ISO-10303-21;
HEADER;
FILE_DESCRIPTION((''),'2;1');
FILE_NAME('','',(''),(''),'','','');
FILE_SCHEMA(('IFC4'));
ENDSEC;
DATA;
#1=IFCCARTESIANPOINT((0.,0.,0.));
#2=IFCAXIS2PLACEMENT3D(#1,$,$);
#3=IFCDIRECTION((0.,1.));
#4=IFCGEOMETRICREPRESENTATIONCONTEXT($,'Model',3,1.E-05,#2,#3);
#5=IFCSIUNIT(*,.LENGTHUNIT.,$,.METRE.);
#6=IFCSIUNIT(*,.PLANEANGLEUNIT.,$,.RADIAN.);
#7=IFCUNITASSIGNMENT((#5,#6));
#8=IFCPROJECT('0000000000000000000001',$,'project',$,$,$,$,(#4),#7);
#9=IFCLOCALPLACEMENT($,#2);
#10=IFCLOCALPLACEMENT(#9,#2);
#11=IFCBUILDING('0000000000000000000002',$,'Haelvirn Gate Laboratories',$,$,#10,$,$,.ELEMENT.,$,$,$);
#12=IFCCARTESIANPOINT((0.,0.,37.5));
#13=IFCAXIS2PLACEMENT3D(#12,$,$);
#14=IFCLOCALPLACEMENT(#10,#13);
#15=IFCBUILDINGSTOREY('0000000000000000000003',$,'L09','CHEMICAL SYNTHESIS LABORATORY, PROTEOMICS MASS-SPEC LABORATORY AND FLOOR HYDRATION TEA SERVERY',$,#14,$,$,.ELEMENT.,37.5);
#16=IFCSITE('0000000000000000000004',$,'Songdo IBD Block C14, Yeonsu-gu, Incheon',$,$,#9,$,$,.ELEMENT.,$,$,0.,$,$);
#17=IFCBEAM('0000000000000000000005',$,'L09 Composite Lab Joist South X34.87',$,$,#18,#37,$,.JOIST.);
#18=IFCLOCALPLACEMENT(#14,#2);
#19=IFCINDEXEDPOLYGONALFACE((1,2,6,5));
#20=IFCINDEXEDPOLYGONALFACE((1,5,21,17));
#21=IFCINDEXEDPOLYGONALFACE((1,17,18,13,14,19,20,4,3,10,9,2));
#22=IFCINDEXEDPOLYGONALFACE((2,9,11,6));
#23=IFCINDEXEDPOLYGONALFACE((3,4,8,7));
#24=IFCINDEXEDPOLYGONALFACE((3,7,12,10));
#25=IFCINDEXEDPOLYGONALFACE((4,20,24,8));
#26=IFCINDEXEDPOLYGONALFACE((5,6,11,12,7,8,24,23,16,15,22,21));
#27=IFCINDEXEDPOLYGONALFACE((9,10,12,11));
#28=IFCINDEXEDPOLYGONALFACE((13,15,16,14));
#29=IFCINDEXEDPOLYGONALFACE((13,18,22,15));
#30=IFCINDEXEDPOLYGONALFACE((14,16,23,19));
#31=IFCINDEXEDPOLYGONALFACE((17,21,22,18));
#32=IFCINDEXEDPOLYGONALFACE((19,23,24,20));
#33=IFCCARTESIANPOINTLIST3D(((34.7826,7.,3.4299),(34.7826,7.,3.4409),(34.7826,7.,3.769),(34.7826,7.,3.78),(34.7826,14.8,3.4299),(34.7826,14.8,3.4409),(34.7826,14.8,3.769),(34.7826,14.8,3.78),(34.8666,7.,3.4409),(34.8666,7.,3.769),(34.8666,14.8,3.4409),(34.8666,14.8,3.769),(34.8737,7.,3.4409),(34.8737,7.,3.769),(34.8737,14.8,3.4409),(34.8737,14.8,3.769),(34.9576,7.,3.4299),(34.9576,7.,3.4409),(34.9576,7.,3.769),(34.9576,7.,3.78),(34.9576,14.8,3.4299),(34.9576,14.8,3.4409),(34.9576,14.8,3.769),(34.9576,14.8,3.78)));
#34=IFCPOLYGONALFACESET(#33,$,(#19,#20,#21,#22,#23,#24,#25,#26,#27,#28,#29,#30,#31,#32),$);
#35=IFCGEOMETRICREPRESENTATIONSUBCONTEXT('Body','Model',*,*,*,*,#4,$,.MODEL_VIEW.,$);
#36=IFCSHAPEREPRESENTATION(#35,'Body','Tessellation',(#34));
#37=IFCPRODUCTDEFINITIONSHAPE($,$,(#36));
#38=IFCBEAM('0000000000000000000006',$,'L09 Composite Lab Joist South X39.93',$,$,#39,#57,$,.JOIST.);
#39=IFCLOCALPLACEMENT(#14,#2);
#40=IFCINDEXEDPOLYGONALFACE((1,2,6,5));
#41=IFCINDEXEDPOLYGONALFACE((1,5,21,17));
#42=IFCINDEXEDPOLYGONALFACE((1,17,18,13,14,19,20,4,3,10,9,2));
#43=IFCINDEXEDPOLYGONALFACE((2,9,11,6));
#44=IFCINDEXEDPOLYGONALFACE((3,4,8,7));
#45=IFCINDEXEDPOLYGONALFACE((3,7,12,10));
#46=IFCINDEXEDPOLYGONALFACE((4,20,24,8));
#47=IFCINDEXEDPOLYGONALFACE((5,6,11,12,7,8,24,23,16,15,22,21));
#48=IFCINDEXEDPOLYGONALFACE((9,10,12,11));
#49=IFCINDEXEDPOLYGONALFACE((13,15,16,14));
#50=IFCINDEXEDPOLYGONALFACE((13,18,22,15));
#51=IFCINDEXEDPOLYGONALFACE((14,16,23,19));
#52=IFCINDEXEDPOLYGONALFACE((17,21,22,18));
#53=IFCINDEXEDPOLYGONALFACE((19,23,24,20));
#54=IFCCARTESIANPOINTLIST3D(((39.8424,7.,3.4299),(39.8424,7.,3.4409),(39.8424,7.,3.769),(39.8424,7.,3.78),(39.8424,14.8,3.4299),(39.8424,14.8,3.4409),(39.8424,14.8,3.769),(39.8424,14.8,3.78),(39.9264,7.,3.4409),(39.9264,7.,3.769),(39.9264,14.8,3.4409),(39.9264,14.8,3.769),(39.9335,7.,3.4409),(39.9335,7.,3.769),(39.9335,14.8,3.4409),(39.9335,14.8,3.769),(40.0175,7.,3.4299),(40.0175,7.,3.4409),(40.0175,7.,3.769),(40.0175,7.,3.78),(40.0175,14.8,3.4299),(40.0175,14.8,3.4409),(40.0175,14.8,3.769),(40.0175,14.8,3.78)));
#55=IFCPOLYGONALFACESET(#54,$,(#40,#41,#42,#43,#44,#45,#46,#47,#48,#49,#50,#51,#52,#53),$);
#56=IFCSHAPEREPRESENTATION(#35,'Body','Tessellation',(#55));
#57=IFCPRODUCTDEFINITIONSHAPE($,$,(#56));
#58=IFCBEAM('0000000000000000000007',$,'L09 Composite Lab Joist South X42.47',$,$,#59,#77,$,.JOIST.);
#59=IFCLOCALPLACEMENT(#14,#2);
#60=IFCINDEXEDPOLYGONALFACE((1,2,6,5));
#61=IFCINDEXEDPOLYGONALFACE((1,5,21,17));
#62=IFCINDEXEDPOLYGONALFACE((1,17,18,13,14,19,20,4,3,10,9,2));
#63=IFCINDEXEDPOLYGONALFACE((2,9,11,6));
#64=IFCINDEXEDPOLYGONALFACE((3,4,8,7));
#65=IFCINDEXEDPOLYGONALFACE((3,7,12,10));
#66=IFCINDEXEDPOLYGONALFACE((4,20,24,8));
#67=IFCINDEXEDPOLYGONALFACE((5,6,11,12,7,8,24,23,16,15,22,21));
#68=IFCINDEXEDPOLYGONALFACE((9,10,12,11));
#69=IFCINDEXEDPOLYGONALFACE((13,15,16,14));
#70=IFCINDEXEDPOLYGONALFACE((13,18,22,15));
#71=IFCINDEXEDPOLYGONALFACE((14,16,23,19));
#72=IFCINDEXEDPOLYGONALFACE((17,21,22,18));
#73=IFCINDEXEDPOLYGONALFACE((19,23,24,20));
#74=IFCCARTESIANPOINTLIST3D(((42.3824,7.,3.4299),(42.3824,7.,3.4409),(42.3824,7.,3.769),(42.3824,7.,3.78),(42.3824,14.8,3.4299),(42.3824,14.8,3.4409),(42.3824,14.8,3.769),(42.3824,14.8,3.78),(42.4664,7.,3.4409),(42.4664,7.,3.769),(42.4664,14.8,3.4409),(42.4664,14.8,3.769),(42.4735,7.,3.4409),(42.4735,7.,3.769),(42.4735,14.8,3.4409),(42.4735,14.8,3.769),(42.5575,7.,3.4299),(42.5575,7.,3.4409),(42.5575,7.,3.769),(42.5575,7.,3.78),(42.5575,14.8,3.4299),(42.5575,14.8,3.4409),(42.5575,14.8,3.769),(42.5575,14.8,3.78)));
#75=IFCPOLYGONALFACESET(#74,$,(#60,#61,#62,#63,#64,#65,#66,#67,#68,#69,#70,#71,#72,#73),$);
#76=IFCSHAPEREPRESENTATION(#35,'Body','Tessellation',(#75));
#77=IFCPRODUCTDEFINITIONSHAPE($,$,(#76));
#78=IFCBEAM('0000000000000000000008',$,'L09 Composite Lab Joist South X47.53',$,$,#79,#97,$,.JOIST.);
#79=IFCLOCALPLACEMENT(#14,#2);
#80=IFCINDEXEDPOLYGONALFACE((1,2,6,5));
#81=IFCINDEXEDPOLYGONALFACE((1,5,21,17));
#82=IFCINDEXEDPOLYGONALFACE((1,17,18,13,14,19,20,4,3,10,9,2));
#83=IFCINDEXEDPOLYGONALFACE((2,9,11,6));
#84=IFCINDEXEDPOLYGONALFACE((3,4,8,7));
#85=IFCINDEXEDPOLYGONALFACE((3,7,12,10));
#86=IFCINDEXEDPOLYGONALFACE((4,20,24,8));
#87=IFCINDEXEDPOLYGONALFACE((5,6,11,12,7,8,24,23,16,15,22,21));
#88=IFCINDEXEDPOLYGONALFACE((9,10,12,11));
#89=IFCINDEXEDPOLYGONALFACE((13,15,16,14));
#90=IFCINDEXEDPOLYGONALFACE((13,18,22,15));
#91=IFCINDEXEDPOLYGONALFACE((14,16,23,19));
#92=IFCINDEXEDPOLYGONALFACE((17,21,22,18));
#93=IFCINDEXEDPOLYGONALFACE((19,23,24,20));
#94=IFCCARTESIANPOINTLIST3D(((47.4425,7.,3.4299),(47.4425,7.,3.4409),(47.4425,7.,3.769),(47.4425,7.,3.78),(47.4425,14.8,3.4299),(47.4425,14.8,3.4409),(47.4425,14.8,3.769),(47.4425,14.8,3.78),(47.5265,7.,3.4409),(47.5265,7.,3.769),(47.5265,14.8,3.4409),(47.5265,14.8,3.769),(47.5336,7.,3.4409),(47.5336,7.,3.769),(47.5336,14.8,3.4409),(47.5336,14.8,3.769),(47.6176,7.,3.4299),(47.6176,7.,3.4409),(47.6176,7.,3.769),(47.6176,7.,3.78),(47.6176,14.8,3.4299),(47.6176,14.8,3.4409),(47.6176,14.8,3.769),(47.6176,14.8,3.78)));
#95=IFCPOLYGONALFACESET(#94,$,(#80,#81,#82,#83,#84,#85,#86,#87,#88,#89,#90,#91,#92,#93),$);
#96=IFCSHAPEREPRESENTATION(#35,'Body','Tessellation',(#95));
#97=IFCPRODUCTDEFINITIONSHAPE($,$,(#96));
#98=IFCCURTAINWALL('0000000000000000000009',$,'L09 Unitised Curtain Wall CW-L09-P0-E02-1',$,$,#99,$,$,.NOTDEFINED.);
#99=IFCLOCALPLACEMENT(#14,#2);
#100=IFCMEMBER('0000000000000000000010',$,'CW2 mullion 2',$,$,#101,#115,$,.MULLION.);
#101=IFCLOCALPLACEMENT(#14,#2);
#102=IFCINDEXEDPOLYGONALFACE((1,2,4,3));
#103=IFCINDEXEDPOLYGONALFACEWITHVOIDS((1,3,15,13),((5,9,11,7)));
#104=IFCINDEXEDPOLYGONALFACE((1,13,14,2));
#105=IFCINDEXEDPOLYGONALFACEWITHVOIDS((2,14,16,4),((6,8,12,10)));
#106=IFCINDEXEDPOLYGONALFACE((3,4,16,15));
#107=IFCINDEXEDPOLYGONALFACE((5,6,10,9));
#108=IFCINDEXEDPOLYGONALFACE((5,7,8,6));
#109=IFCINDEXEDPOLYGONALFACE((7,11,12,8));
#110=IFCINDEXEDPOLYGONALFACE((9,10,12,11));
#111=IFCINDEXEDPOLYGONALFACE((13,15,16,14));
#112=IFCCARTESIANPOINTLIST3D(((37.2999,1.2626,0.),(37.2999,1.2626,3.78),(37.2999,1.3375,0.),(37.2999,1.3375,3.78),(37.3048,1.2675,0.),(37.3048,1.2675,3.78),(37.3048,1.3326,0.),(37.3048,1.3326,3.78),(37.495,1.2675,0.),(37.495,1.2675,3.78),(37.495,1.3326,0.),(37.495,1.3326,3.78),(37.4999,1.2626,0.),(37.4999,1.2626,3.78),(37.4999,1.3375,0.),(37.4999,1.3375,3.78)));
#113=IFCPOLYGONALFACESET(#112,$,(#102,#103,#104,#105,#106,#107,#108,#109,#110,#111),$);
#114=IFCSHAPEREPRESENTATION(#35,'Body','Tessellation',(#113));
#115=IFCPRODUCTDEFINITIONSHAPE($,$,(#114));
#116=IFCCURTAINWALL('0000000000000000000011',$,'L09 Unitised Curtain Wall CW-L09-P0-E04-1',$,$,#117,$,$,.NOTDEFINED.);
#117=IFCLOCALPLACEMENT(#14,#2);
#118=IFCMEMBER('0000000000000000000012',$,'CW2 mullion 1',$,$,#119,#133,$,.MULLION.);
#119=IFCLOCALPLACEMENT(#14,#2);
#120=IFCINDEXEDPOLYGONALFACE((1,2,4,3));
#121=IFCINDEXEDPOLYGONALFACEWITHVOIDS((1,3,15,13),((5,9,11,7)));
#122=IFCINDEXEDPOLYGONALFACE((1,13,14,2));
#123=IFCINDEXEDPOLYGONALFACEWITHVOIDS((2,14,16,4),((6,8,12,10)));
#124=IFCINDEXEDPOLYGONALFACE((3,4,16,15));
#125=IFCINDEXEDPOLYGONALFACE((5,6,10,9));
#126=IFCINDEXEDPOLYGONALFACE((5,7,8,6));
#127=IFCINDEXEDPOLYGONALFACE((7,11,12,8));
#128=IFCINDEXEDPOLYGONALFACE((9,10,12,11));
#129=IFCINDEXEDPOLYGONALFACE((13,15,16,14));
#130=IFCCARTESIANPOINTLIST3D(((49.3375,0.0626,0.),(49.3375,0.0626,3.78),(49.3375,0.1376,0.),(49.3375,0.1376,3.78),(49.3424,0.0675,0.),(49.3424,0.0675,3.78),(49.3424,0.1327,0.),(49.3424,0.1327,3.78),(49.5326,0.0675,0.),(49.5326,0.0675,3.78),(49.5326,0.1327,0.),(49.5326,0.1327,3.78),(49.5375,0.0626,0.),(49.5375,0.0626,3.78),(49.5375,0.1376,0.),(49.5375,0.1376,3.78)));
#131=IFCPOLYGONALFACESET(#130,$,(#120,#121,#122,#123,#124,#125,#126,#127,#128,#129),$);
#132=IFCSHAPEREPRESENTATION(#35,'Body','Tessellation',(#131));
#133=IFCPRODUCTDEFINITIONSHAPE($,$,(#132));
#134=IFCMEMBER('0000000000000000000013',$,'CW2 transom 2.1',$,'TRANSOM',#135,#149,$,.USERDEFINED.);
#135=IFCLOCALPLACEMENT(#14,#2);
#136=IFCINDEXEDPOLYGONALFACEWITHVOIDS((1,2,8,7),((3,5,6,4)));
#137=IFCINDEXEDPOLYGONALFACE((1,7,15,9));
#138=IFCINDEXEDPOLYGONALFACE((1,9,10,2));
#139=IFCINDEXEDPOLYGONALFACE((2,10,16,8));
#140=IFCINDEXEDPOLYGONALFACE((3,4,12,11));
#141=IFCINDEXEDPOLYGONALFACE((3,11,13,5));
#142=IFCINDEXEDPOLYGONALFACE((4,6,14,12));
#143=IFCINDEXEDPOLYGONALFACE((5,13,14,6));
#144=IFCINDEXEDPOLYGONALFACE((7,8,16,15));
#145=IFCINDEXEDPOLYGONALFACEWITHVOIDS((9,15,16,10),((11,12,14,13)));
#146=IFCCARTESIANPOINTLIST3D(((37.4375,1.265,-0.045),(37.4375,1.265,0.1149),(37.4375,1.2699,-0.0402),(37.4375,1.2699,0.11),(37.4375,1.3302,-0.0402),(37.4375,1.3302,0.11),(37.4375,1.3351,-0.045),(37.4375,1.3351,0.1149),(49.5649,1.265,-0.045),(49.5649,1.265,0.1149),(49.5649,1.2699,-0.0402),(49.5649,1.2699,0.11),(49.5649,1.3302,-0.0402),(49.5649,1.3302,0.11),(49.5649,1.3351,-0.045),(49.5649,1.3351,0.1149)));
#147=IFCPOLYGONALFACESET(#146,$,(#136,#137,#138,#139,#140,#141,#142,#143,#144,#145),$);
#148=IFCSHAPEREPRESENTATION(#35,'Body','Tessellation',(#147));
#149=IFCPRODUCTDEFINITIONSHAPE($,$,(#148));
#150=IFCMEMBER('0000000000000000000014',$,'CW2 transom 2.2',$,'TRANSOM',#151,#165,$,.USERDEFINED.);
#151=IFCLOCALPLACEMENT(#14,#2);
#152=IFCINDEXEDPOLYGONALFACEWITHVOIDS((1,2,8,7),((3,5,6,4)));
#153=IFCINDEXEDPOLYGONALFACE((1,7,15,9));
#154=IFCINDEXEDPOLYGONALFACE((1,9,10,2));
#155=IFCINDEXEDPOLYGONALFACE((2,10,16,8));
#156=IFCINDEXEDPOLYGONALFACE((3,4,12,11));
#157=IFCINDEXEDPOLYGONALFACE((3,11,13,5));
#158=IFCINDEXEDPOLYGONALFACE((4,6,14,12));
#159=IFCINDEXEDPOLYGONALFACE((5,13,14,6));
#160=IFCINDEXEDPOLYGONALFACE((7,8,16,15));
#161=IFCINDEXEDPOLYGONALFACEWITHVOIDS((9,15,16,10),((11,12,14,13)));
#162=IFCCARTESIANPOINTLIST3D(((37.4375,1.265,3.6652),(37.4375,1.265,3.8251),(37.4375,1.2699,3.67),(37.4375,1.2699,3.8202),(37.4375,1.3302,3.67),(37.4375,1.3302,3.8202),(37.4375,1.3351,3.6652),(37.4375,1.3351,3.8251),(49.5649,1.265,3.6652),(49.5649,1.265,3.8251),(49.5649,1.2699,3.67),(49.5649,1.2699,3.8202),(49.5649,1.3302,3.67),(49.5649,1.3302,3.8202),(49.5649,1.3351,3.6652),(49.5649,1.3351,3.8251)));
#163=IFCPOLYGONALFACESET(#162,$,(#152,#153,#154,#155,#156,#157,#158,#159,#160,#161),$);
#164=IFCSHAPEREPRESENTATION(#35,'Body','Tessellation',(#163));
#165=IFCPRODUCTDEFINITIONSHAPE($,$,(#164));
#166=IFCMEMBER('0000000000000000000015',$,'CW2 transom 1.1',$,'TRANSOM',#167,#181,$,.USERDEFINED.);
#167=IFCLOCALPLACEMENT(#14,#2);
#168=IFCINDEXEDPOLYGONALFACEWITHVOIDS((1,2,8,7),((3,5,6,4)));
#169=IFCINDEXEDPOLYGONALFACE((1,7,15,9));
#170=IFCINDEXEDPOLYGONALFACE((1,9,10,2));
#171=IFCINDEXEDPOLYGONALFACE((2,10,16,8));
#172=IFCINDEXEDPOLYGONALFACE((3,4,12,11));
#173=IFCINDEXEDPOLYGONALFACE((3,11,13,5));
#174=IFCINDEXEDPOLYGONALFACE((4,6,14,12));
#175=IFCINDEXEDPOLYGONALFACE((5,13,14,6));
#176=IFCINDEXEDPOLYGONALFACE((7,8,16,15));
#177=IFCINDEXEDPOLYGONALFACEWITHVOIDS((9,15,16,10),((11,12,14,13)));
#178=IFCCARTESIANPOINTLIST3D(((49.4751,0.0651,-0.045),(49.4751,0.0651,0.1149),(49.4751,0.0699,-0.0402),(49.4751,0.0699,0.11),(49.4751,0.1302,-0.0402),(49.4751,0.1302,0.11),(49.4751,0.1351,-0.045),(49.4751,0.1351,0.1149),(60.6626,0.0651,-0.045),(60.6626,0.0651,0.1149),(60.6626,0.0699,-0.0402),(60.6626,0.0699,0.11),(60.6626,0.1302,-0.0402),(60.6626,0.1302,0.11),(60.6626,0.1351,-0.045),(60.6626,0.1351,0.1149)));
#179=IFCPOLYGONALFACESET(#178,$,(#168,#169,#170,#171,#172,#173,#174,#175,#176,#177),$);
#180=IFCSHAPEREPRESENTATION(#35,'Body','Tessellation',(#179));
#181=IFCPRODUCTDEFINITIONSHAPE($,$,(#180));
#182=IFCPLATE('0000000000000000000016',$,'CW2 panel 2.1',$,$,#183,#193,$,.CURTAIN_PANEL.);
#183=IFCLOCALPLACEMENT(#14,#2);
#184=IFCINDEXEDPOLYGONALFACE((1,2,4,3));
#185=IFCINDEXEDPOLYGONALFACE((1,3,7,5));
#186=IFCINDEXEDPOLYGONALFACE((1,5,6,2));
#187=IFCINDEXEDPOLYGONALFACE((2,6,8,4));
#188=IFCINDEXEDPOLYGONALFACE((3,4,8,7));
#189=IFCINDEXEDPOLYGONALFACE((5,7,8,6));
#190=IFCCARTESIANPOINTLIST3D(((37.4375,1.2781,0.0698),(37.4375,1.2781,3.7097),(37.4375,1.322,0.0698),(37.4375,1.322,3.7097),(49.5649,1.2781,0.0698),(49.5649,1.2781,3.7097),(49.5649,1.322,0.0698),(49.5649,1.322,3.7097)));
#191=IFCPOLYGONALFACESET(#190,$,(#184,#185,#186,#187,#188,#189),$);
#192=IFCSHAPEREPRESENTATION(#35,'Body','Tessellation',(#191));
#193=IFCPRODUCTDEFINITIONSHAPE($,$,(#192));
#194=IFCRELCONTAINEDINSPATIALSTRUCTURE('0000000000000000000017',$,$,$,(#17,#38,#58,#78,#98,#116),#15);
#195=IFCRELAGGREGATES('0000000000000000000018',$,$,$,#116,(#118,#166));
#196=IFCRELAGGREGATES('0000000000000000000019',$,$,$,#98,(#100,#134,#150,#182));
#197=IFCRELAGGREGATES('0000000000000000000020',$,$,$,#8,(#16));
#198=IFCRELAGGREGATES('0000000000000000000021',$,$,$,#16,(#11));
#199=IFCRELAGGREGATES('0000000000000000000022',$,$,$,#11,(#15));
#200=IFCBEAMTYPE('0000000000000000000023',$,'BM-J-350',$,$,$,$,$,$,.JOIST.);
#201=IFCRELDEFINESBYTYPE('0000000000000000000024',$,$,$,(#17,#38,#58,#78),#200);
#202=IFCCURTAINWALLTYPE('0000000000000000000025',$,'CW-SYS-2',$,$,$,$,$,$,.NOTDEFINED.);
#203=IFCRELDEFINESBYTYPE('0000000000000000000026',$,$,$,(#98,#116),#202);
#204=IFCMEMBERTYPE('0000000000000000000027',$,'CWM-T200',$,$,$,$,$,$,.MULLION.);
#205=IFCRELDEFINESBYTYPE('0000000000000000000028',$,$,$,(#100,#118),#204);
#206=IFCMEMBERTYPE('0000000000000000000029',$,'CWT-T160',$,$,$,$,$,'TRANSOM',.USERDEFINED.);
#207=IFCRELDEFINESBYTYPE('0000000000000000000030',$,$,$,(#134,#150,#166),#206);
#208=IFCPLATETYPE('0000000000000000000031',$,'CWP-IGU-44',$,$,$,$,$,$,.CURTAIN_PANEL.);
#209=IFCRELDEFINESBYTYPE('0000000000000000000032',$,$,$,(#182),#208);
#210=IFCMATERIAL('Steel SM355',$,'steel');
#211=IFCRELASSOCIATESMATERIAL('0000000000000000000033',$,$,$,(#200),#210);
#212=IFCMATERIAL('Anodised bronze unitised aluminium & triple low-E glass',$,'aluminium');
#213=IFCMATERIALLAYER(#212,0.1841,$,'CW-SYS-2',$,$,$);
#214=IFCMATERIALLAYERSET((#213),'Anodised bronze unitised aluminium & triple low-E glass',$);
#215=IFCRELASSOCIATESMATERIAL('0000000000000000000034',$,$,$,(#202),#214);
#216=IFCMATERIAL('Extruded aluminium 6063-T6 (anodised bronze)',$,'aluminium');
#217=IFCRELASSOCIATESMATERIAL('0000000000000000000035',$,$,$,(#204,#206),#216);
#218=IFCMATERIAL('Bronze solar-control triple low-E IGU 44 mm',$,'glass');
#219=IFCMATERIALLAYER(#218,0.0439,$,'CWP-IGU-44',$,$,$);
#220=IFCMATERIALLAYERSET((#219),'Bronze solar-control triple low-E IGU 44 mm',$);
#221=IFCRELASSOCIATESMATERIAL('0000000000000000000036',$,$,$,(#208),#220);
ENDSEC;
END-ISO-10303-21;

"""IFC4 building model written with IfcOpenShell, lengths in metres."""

from ifc_helpers import new_model, si_unit, direction, frame, origin, origin_2d, place, context, subcontext, project, spatial, rectangle, hollow_rectangle, i_section, extrude, source, transform, mapped, material, layer, layer_set, material_profile, profile_set, type_object, type_shapes, element, aggregate, save


model = new_model("IFC4")

# Units and contexts
model_context = context("Model", 3, precision=1e-05, world=origin(), true_north=direction((0.0, 1.0)))
body_context = subcontext(model_context, "Body", "Model", "MODEL_VIEW")
ifc_project = project(units=[si_unit("LENGTHUNIT", "METRE"), si_unit("PLANEANGLEUNIT", "RADIAN")], contexts=[model_context])

# Site, building, storey
site_placement = place(None, origin())
site = spatial("IfcSite", under=ifc_project, at=site_placement, Name="Songdo IBD Block C14, Yeonsu-gu, Incheon", CompositionType="ELEMENT", RefElevation=0.0)
building_placement = place(site_placement, origin())
building = spatial("IfcBuilding", under=site, at=building_placement, Name="Haelvirn Gate Laboratories", CompositionType="ELEMENT")
storey_placement = place(building_placement, frame((0.0, 0.0, 37.5)))
storey = spatial("IfcBuildingStorey", under=building, at=storey_placement, Name="L09", Description="CHEMICAL SYNTHESIS LABORATORY, PROTEOMICS MASS-SPEC LABORATORY AND FLOOR HYDRATION TEA SERVERY", CompositionType="ELEMENT", Elevation=37.5)

# Beams
ifc_material_1 = material(Name="Steel SM355", Category="steel")
ifc_material_profile_1 = material_profile(ifc_material_1, i_section(OverallWidth=0.175, OverallDepth=0.3501, WebThickness=0.0071, FlangeThickness=0.011, at=origin_2d()), Name="H-350x175x7x11")
ifc_profile_set_1 = profile_set([ifc_material_profile_1], Name="Steel SM355")
beam_type_1 = type_object("IfcBeamType", Name="BM-J-350", PredefinedType="JOIST", material=ifc_profile_set_1)
shared_shape_1 = source(origin(), body_context, "Body", "SweptSolid", [
    extrude(i_section(OverallWidth=0.175, OverallDepth=0.3501, WebThickness=0.0071, FlangeThickness=0.011, at=origin_2d()), origin(), (0.0, 0.0, 1.0), 7.8),
])
type_shapes(beam_type_1, [shared_shape_1])
for number, where, z_axis, x_axis, name in (
    (1, (34.8701, 7.0, 3.605), (0.0, 1.0, 0.0), (-1.0, 0.0, 0.0), "L09 Composite Lab Joist South X34.87"),
    (2, (39.9299, 7.0, 3.605), (0.0, 1.0, 0.0), (-1.0, 0.0, 0.0), "L09 Composite Lab Joist South X39.93"),
    (3, (42.47, 7.0, 3.605), (0.0, 1.0, 0.0), (-1.0, 0.0, 0.0), "L09 Composite Lab Joist South X42.47"),
    (4, (47.53, 7.0, 3.605), (0.0, 1.0, 0.0), (-1.0, 0.0, 0.0), "L09 Composite Lab Joist South X47.53"),
):
    element("IfcBeam", number, at=place(storey_placement, frame(where, z_axis=z_axis, x_axis=x_axis)), inside=storey, type_object=beam_type_1, Name=name, PredefinedType="JOIST", context=body_context, shape_type="MappedRepresentation", body=[
        mapped(shared_shape_1, transform((0.0, 0.0, 0.0), scale=1.0)),
    ])

# Curtain walls, members
ifc_material_2 = material(Name="Anodised bronze unitised aluminium & triple low-E glass", Category="aluminium")
ifc_layer_1 = layer(ifc_material_2, 0.1841, Name="CW-SYS-2")
ifc_layer_set_1 = layer_set([ifc_layer_1], Name="Anodised bronze unitised aluminium & triple low-E glass")
curtain_wall_type = type_object("IfcCurtainWallType", Name="CW-SYS-2", PredefinedType="NOTDEFINED", material=ifc_layer_set_1)
curtain_wall_1_placement = place(storey_placement, origin())
curtain_wall_1 = element("IfcCurtainWall", 5, at=curtain_wall_1_placement, inside=storey, type_object=curtain_wall_type, Name="L09 Unitised Curtain Wall CW-L09-P0-E02-1", PredefinedType="NOTDEFINED")
ifc_material_3 = material(Name="Extruded aluminium 6063-T6 (anodised bronze)", Category="aluminium")
ifc_material_profile_2 = material_profile(ifc_material_3, hollow_rectangle(XDim=0.075, YDim=0.2, WallThickness=0.0049, at=origin_2d()), Name="CWM-200x75x5")
ifc_profile_set_2 = profile_set([ifc_material_profile_2], Name="Extruded aluminium 6063-T6 (anodised bronze)")
member_type_1 = type_object("IfcMemberType", Name="CWM-T200", PredefinedType="MULLION", material=ifc_profile_set_2)
shared_shape_2 = source(origin(), body_context, "Body", "SweptSolid", [
    extrude(hollow_rectangle(XDim=0.075, YDim=0.2, WallThickness=0.0049, at=origin_2d()), origin(), (0.0, 0.0, 1.0), 3.78),
])
type_shapes(member_type_1, [shared_shape_2])
member_1_placement = place(storey_placement, frame((37.3999, 1.3, 0.0), z_axis=(0.0, 0.0, 1.0), x_axis=(0.0, 1.0, 0.0)))
member_1 = element("IfcMember", 6, at=member_1_placement, type_object=member_type_1, Name="CW2 mullion 2", PredefinedType="MULLION", context=body_context, shape_type="MappedRepresentation", body=[
    mapped(shared_shape_2, transform((0.0, 0.0, 0.0), scale=1.0)),
])
curtain_wall_2_placement = place(storey_placement, origin())
curtain_wall_2 = element("IfcCurtainWall", 7, at=curtain_wall_2_placement, inside=storey, type_object=curtain_wall_type, Name="L09 Unitised Curtain Wall CW-L09-P0-E04-1", PredefinedType="NOTDEFINED")
member_2_placement = place(storey_placement, frame((49.4375, 0.1001, 0.0), z_axis=(0.0, 0.0, 1.0), x_axis=(0.0, 1.0, 0.0)))
member_2 = element("IfcMember", 8, at=member_2_placement, type_object=member_type_1, Name="CW2 mullion 1", PredefinedType="MULLION", context=body_context, shape_type="MappedRepresentation", body=[
    mapped(shared_shape_2, transform((0.0, 0.0, 0.0), scale=1.0)),
])

# Members
ifc_material_profile_3 = material_profile(ifc_material_3, hollow_rectangle(XDim=0.0701, YDim=0.1599, WallThickness=0.0049, at=origin_2d()), Name="CWT-160x70x5")
ifc_profile_set_3 = profile_set([ifc_material_profile_3], Name="Extruded aluminium 6063-T6 (anodised bronze)")
member_type_2 = type_object("IfcMemberType", Name="CWT-T160", ElementType="TRANSOM", PredefinedType="USERDEFINED", material=ifc_profile_set_3)
shared_shape_3 = source(origin(), body_context, "Body", "SweptSolid", [
    extrude(hollow_rectangle(XDim=0.0701, YDim=0.1599, WallThickness=0.0049, at=origin_2d()), origin(), (0.0, 0.0, 1.0), 12.1274),
])
member_3_placement = place(storey_placement, frame((37.4375, 1.3, 0.0349), z_axis=(1.0, 0.0, 0.0), x_axis=(0.0, 1.0, 0.0)))
member_3 = element("IfcMember", 9, at=member_3_placement, type_object=member_type_2, Name="CW2 transom 2.1", ObjectType="TRANSOM", PredefinedType="USERDEFINED", context=body_context, shape_type="MappedRepresentation", body=[
    mapped(shared_shape_3, transform((0.0, 0.0, 0.0), scale=1.0)),
])
member_4_placement = place(storey_placement, frame((37.4375, 1.3, 3.7451), z_axis=(1.0, 0.0, 0.0), x_axis=(0.0, 1.0, 0.0)))
member_4 = element("IfcMember", 10, at=member_4_placement, type_object=member_type_2, Name="CW2 transom 2.2", ObjectType="TRANSOM", PredefinedType="USERDEFINED", context=body_context, shape_type="MappedRepresentation", body=[
    mapped(shared_shape_3, transform((0.0, 0.0, 0.0), scale=1.0)),
])
shared_shape_4 = source(origin(), body_context, "Body", "SweptSolid", [
    extrude(hollow_rectangle(XDim=0.0701, YDim=0.1599, WallThickness=0.0049, at=origin_2d()), origin(), (0.0, 0.0, 1.0), 11.1875),
])
type_shapes(member_type_2, [shared_shape_3, shared_shape_4])
member_5_placement = place(storey_placement, frame((49.4751, 0.1001, 0.0349), z_axis=(1.0, 0.0, 0.0), x_axis=(0.0, 1.0, 0.0)))
member_5 = element("IfcMember", 11, at=member_5_placement, type_object=member_type_2, Name="CW2 transom 1.1", ObjectType="TRANSOM", PredefinedType="USERDEFINED", context=body_context, shape_type="MappedRepresentation", body=[
    mapped(shared_shape_4, transform((0.0, 0.0, 0.0), scale=1.0)),
])
aggregate(curtain_wall_2, [member_2, member_5])

# Plate
ifc_material_4 = material(Name="Bronze solar-control triple low-E IGU 44 mm", Category="glass")
ifc_layer_2 = layer(ifc_material_4, 0.0439, Name="CWP-IGU-44")
ifc_layer_set_2 = layer_set([ifc_layer_2], Name="Bronze solar-control triple low-E IGU 44 mm")
plate_type = type_object("IfcPlateType", Name="CWP-IGU-44", PredefinedType="CURTAIN_PANEL", material=ifc_layer_set_2)
shared_shape_5 = source(origin(), body_context, "Body", "SweptSolid", [
    extrude(rectangle(XDim=12.1274, YDim=0.0439, at=origin_2d()), origin(), (0.0, 0.0, 1.0), 3.6399),
])
type_shapes(plate_type, [shared_shape_5])
plate_placement = place(storey_placement, frame((43.5012, 1.3, 0.0698), z_axis=(0.0, 0.0, 1.0), x_axis=(1.0, 0.0, 0.0)))
plate = element("IfcPlate", 12, at=plate_placement, type_object=plate_type, Name="CW2 panel 2.1", PredefinedType="CURTAIN_PANEL", context=body_context, shape_type="MappedRepresentation", body=[
    mapped(shared_shape_5, transform((0.0, 0.0, 0.0), scale=1.0)),
])
aggregate(curtain_wall_1, [member_1, member_3, member_4, plate])

save(model, "model.ifc")
